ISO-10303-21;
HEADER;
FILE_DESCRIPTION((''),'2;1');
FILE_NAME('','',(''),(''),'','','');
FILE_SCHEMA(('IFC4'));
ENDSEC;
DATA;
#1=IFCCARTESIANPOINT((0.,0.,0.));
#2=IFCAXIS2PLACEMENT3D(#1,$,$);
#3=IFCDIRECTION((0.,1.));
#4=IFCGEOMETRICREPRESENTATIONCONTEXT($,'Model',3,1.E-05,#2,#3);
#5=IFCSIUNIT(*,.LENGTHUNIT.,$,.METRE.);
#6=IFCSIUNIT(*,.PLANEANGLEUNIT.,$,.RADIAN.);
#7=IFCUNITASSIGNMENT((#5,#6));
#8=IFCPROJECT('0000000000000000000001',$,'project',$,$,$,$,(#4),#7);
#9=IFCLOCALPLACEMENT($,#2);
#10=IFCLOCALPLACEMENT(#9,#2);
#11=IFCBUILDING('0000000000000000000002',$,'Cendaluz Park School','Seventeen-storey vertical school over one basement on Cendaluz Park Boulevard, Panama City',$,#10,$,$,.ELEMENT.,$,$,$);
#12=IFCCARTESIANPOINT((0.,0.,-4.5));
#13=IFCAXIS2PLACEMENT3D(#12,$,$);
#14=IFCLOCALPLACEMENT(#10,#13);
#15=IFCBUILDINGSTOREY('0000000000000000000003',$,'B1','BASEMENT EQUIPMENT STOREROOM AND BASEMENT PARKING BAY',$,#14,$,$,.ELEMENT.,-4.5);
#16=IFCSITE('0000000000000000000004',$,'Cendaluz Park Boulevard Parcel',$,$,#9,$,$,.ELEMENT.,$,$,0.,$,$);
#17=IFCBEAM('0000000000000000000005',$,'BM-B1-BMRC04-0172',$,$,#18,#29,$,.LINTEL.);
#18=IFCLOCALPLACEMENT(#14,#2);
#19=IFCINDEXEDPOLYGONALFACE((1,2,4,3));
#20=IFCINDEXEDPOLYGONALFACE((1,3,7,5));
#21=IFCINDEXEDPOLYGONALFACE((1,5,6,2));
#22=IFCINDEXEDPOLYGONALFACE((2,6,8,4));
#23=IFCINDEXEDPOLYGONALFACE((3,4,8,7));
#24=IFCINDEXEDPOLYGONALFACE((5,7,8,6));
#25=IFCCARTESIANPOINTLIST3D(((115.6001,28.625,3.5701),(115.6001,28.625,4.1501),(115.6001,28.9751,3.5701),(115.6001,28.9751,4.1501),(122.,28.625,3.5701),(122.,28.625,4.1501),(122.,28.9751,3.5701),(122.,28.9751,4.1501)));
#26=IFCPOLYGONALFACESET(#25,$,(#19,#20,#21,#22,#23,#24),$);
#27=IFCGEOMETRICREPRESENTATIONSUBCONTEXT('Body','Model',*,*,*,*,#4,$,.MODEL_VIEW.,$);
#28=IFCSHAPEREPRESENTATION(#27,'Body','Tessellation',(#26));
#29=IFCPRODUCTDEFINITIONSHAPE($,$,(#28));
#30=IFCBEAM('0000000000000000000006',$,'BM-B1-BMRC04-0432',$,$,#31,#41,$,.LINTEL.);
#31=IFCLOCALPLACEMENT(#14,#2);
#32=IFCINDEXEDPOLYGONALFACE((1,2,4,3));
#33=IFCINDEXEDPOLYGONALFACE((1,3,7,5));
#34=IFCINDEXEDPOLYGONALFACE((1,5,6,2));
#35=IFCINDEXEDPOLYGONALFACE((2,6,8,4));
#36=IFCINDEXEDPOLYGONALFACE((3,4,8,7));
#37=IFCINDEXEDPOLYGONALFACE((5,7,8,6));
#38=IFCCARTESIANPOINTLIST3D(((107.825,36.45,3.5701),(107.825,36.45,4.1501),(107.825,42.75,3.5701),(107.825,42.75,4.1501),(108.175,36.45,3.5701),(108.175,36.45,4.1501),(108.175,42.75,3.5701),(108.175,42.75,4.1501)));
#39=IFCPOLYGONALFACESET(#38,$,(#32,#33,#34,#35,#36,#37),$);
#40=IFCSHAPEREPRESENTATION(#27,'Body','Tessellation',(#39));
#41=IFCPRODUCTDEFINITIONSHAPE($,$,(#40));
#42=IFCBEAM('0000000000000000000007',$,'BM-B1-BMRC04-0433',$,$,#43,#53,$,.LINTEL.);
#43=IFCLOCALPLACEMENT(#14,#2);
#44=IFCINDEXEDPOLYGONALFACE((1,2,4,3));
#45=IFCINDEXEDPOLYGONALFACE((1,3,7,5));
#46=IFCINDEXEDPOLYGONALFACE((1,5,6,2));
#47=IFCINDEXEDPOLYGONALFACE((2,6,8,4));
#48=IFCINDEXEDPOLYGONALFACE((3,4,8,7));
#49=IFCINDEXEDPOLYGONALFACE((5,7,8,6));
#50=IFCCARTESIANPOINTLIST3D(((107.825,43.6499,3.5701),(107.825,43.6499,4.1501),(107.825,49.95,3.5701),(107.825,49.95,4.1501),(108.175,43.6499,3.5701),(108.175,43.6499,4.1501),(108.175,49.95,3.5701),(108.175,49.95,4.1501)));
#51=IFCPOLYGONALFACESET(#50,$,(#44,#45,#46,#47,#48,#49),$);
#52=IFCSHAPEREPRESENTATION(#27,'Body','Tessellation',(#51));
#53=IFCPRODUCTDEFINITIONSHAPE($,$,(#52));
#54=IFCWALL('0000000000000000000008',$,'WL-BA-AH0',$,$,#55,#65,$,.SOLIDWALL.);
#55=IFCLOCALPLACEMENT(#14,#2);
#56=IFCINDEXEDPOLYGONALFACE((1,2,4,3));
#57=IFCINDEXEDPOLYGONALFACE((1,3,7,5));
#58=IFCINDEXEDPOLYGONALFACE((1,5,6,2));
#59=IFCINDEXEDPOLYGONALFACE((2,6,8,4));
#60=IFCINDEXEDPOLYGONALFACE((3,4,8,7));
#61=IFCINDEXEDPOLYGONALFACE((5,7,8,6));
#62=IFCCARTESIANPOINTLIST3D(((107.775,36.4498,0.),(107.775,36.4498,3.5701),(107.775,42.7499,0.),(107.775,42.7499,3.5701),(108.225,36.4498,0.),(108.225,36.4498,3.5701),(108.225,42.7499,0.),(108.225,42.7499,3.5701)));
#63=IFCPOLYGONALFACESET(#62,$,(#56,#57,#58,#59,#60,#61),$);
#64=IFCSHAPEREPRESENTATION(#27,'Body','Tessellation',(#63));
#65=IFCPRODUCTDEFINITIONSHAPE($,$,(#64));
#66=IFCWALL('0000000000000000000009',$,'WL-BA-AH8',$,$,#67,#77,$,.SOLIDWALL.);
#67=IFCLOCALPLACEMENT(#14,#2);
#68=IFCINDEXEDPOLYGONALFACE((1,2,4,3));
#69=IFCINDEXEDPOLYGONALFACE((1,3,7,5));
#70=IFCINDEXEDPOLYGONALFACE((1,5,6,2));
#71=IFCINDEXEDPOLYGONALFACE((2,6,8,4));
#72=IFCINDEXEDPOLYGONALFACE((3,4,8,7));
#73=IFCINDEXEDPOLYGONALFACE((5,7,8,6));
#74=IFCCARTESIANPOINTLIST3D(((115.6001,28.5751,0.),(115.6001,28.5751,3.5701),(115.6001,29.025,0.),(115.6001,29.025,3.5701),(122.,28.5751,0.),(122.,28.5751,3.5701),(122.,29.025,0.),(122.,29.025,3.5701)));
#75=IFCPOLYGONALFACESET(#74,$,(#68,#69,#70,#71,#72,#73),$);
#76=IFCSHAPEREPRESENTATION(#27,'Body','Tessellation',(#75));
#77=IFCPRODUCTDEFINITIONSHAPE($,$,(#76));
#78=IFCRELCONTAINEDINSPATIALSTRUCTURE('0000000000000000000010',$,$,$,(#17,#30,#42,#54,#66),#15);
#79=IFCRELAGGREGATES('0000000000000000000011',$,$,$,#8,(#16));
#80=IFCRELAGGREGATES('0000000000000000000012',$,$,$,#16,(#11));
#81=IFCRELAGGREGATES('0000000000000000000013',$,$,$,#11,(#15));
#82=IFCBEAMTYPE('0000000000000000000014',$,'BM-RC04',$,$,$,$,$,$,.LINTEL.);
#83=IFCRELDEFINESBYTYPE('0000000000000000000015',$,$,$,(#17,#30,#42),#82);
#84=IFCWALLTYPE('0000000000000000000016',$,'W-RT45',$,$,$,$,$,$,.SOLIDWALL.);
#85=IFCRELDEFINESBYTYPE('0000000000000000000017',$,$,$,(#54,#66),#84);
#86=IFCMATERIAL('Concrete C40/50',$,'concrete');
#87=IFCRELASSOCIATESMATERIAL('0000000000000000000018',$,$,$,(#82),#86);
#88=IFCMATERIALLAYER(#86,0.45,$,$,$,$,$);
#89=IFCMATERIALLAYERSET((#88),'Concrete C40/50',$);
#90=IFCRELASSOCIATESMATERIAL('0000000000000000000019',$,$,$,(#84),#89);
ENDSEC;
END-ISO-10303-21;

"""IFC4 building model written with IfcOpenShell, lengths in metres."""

from ifc_helpers import new_model, si_unit, direction, frame, frame_2d, origin, origin_2d, place, context, subcontext, project, spatial, rectangle, extrude, material, layer, layer_set, material_profile, profile_set, type_object, element, save


model = new_model("IFC4")

# Units and contexts
model_context = context("Model", 3, precision=1e-05, world=origin(), true_north=direction((0.0, 1.0)))
body_context = subcontext(model_context, "Body", "Model", "MODEL_VIEW")
ifc_project = project(units=[si_unit("LENGTHUNIT", "METRE"), si_unit("PLANEANGLEUNIT", "RADIAN")], contexts=[model_context])

# Site, building, storey
site_placement = place(None, origin())
site = spatial("IfcSite", under=ifc_project, at=site_placement, Name="Cendaluz Park Boulevard Parcel", CompositionType="ELEMENT", RefElevation=0.0)
building_placement = place(site_placement, origin())
building = spatial("IfcBuilding", under=site, at=building_placement, Name="Cendaluz Park School", Description="Seventeen-storey vertical school over one basement on Cendaluz Park Boulevard, Panama City", CompositionType="ELEMENT")
storey_placement = place(building_placement, frame((0.0, 0.0, -4.5)))
storey = spatial("IfcBuildingStorey", under=building, at=storey_placement, Name="B1", Description="BASEMENT EQUIPMENT STOREROOM AND BASEMENT PARKING BAY", CompositionType="ELEMENT", Elevation=-4.5)

# Shared definitions
ifc_material = material(Name="Concrete C40/50", Category="concrete")

# Beams
ifc_material_profile_1 = material_profile(ifc_material, rectangle(XDim=0.3501, YDim=0.5801, at=origin_2d()), Name="RC 350x580", Category="concrete")
ifc_profile_set_1 = profile_set([ifc_material_profile_1], Name="Concrete C40/50")
beam_type = type_object("IfcBeamType", Name="BM-RC04", PredefinedType="LINTEL", material=ifc_profile_set_1)
beam_placement = place(storey_placement, frame((115.6001, 28.8, 3.8601), z_axis=(1.0, 0.0, 0.0), x_axis=(0.0, 1.0, 0.0)))
element("IfcBeam", 1, at=beam_placement, inside=storey, type_object=beam_type, Name="BM-B1-BMRC04-0172", PredefinedType="LINTEL", context=body_context, shape_type="SweptSolid", body=[
    extrude(rectangle(XDim=0.3501, YDim=0.5801, at=origin_2d()), origin(), (0.0, 0.0, 1.0), 6.3999),
])
for number, where, z_axis, x_axis, name in (
    (2, (108.0, 36.45, 3.8601), (0.0, 1.0, 0.0), (-1.0, 0.0, 0.0), "BM-B1-BMRC04-0432"),
    (3, (108.0, 43.6499, 3.8601), (0.0, 1.0, 0.0), (-1.0, 0.0, 0.0), "BM-B1-BMRC04-0433"),
):
    element("IfcBeam", number, at=place(storey_placement, frame(where, z_axis=z_axis, x_axis=x_axis)), inside=storey, type_object=beam_type, Name=name, PredefinedType="LINTEL", context=body_context, shape_type="SweptSolid", body=[
        extrude(rectangle(XDim=0.3501, YDim=0.5801, at=origin_2d()), origin(), (0.0, 0.0, 1.0), 6.3),
    ])

# Walls
ifc_layer = layer(ifc_material, 0.45)
ifc_layer_set = layer_set([ifc_layer], Name="Concrete C40/50")
wall_type = type_object("IfcWallType", Name="W-RT45", PredefinedType="SOLIDWALL", material=ifc_layer_set)
wall_1_placement = place(storey_placement, frame((108.0, 36.45, 0.0), z_axis=(0.0, 0.0, 1.0), x_axis=(0.0, 1.0, 0.0)))
element("IfcWall", 4, at=wall_1_placement, inside=storey, type_object=wall_type, Name="WL-BA-AH0", PredefinedType="SOLIDWALL", context=body_context, shape_type="SweptSolid", body=[
    extrude(rectangle(XDim=6.3, YDim=0.45, at=frame_2d((3.1499, 0.0))), origin(), (0.0, 0.0, 1.0), 3.5701),
])
wall_2_placement = place(storey_placement, frame((115.6001, 28.8, 0.0), z_axis=(0.0, 0.0, 1.0), x_axis=(1.0, 0.0, 0.0)))
element("IfcWall", 5, at=wall_2_placement, inside=storey, type_object=wall_type, Name="WL-BA-AH8", PredefinedType="SOLIDWALL", context=body_context, shape_type="SweptSolid", body=[
    extrude(rectangle(XDim=6.3999, YDim=0.45, at=frame_2d((3.2, 0.0))), origin(), (0.0, 0.0, 1.0), 3.5701),
])

save(model, "model.ifc")
